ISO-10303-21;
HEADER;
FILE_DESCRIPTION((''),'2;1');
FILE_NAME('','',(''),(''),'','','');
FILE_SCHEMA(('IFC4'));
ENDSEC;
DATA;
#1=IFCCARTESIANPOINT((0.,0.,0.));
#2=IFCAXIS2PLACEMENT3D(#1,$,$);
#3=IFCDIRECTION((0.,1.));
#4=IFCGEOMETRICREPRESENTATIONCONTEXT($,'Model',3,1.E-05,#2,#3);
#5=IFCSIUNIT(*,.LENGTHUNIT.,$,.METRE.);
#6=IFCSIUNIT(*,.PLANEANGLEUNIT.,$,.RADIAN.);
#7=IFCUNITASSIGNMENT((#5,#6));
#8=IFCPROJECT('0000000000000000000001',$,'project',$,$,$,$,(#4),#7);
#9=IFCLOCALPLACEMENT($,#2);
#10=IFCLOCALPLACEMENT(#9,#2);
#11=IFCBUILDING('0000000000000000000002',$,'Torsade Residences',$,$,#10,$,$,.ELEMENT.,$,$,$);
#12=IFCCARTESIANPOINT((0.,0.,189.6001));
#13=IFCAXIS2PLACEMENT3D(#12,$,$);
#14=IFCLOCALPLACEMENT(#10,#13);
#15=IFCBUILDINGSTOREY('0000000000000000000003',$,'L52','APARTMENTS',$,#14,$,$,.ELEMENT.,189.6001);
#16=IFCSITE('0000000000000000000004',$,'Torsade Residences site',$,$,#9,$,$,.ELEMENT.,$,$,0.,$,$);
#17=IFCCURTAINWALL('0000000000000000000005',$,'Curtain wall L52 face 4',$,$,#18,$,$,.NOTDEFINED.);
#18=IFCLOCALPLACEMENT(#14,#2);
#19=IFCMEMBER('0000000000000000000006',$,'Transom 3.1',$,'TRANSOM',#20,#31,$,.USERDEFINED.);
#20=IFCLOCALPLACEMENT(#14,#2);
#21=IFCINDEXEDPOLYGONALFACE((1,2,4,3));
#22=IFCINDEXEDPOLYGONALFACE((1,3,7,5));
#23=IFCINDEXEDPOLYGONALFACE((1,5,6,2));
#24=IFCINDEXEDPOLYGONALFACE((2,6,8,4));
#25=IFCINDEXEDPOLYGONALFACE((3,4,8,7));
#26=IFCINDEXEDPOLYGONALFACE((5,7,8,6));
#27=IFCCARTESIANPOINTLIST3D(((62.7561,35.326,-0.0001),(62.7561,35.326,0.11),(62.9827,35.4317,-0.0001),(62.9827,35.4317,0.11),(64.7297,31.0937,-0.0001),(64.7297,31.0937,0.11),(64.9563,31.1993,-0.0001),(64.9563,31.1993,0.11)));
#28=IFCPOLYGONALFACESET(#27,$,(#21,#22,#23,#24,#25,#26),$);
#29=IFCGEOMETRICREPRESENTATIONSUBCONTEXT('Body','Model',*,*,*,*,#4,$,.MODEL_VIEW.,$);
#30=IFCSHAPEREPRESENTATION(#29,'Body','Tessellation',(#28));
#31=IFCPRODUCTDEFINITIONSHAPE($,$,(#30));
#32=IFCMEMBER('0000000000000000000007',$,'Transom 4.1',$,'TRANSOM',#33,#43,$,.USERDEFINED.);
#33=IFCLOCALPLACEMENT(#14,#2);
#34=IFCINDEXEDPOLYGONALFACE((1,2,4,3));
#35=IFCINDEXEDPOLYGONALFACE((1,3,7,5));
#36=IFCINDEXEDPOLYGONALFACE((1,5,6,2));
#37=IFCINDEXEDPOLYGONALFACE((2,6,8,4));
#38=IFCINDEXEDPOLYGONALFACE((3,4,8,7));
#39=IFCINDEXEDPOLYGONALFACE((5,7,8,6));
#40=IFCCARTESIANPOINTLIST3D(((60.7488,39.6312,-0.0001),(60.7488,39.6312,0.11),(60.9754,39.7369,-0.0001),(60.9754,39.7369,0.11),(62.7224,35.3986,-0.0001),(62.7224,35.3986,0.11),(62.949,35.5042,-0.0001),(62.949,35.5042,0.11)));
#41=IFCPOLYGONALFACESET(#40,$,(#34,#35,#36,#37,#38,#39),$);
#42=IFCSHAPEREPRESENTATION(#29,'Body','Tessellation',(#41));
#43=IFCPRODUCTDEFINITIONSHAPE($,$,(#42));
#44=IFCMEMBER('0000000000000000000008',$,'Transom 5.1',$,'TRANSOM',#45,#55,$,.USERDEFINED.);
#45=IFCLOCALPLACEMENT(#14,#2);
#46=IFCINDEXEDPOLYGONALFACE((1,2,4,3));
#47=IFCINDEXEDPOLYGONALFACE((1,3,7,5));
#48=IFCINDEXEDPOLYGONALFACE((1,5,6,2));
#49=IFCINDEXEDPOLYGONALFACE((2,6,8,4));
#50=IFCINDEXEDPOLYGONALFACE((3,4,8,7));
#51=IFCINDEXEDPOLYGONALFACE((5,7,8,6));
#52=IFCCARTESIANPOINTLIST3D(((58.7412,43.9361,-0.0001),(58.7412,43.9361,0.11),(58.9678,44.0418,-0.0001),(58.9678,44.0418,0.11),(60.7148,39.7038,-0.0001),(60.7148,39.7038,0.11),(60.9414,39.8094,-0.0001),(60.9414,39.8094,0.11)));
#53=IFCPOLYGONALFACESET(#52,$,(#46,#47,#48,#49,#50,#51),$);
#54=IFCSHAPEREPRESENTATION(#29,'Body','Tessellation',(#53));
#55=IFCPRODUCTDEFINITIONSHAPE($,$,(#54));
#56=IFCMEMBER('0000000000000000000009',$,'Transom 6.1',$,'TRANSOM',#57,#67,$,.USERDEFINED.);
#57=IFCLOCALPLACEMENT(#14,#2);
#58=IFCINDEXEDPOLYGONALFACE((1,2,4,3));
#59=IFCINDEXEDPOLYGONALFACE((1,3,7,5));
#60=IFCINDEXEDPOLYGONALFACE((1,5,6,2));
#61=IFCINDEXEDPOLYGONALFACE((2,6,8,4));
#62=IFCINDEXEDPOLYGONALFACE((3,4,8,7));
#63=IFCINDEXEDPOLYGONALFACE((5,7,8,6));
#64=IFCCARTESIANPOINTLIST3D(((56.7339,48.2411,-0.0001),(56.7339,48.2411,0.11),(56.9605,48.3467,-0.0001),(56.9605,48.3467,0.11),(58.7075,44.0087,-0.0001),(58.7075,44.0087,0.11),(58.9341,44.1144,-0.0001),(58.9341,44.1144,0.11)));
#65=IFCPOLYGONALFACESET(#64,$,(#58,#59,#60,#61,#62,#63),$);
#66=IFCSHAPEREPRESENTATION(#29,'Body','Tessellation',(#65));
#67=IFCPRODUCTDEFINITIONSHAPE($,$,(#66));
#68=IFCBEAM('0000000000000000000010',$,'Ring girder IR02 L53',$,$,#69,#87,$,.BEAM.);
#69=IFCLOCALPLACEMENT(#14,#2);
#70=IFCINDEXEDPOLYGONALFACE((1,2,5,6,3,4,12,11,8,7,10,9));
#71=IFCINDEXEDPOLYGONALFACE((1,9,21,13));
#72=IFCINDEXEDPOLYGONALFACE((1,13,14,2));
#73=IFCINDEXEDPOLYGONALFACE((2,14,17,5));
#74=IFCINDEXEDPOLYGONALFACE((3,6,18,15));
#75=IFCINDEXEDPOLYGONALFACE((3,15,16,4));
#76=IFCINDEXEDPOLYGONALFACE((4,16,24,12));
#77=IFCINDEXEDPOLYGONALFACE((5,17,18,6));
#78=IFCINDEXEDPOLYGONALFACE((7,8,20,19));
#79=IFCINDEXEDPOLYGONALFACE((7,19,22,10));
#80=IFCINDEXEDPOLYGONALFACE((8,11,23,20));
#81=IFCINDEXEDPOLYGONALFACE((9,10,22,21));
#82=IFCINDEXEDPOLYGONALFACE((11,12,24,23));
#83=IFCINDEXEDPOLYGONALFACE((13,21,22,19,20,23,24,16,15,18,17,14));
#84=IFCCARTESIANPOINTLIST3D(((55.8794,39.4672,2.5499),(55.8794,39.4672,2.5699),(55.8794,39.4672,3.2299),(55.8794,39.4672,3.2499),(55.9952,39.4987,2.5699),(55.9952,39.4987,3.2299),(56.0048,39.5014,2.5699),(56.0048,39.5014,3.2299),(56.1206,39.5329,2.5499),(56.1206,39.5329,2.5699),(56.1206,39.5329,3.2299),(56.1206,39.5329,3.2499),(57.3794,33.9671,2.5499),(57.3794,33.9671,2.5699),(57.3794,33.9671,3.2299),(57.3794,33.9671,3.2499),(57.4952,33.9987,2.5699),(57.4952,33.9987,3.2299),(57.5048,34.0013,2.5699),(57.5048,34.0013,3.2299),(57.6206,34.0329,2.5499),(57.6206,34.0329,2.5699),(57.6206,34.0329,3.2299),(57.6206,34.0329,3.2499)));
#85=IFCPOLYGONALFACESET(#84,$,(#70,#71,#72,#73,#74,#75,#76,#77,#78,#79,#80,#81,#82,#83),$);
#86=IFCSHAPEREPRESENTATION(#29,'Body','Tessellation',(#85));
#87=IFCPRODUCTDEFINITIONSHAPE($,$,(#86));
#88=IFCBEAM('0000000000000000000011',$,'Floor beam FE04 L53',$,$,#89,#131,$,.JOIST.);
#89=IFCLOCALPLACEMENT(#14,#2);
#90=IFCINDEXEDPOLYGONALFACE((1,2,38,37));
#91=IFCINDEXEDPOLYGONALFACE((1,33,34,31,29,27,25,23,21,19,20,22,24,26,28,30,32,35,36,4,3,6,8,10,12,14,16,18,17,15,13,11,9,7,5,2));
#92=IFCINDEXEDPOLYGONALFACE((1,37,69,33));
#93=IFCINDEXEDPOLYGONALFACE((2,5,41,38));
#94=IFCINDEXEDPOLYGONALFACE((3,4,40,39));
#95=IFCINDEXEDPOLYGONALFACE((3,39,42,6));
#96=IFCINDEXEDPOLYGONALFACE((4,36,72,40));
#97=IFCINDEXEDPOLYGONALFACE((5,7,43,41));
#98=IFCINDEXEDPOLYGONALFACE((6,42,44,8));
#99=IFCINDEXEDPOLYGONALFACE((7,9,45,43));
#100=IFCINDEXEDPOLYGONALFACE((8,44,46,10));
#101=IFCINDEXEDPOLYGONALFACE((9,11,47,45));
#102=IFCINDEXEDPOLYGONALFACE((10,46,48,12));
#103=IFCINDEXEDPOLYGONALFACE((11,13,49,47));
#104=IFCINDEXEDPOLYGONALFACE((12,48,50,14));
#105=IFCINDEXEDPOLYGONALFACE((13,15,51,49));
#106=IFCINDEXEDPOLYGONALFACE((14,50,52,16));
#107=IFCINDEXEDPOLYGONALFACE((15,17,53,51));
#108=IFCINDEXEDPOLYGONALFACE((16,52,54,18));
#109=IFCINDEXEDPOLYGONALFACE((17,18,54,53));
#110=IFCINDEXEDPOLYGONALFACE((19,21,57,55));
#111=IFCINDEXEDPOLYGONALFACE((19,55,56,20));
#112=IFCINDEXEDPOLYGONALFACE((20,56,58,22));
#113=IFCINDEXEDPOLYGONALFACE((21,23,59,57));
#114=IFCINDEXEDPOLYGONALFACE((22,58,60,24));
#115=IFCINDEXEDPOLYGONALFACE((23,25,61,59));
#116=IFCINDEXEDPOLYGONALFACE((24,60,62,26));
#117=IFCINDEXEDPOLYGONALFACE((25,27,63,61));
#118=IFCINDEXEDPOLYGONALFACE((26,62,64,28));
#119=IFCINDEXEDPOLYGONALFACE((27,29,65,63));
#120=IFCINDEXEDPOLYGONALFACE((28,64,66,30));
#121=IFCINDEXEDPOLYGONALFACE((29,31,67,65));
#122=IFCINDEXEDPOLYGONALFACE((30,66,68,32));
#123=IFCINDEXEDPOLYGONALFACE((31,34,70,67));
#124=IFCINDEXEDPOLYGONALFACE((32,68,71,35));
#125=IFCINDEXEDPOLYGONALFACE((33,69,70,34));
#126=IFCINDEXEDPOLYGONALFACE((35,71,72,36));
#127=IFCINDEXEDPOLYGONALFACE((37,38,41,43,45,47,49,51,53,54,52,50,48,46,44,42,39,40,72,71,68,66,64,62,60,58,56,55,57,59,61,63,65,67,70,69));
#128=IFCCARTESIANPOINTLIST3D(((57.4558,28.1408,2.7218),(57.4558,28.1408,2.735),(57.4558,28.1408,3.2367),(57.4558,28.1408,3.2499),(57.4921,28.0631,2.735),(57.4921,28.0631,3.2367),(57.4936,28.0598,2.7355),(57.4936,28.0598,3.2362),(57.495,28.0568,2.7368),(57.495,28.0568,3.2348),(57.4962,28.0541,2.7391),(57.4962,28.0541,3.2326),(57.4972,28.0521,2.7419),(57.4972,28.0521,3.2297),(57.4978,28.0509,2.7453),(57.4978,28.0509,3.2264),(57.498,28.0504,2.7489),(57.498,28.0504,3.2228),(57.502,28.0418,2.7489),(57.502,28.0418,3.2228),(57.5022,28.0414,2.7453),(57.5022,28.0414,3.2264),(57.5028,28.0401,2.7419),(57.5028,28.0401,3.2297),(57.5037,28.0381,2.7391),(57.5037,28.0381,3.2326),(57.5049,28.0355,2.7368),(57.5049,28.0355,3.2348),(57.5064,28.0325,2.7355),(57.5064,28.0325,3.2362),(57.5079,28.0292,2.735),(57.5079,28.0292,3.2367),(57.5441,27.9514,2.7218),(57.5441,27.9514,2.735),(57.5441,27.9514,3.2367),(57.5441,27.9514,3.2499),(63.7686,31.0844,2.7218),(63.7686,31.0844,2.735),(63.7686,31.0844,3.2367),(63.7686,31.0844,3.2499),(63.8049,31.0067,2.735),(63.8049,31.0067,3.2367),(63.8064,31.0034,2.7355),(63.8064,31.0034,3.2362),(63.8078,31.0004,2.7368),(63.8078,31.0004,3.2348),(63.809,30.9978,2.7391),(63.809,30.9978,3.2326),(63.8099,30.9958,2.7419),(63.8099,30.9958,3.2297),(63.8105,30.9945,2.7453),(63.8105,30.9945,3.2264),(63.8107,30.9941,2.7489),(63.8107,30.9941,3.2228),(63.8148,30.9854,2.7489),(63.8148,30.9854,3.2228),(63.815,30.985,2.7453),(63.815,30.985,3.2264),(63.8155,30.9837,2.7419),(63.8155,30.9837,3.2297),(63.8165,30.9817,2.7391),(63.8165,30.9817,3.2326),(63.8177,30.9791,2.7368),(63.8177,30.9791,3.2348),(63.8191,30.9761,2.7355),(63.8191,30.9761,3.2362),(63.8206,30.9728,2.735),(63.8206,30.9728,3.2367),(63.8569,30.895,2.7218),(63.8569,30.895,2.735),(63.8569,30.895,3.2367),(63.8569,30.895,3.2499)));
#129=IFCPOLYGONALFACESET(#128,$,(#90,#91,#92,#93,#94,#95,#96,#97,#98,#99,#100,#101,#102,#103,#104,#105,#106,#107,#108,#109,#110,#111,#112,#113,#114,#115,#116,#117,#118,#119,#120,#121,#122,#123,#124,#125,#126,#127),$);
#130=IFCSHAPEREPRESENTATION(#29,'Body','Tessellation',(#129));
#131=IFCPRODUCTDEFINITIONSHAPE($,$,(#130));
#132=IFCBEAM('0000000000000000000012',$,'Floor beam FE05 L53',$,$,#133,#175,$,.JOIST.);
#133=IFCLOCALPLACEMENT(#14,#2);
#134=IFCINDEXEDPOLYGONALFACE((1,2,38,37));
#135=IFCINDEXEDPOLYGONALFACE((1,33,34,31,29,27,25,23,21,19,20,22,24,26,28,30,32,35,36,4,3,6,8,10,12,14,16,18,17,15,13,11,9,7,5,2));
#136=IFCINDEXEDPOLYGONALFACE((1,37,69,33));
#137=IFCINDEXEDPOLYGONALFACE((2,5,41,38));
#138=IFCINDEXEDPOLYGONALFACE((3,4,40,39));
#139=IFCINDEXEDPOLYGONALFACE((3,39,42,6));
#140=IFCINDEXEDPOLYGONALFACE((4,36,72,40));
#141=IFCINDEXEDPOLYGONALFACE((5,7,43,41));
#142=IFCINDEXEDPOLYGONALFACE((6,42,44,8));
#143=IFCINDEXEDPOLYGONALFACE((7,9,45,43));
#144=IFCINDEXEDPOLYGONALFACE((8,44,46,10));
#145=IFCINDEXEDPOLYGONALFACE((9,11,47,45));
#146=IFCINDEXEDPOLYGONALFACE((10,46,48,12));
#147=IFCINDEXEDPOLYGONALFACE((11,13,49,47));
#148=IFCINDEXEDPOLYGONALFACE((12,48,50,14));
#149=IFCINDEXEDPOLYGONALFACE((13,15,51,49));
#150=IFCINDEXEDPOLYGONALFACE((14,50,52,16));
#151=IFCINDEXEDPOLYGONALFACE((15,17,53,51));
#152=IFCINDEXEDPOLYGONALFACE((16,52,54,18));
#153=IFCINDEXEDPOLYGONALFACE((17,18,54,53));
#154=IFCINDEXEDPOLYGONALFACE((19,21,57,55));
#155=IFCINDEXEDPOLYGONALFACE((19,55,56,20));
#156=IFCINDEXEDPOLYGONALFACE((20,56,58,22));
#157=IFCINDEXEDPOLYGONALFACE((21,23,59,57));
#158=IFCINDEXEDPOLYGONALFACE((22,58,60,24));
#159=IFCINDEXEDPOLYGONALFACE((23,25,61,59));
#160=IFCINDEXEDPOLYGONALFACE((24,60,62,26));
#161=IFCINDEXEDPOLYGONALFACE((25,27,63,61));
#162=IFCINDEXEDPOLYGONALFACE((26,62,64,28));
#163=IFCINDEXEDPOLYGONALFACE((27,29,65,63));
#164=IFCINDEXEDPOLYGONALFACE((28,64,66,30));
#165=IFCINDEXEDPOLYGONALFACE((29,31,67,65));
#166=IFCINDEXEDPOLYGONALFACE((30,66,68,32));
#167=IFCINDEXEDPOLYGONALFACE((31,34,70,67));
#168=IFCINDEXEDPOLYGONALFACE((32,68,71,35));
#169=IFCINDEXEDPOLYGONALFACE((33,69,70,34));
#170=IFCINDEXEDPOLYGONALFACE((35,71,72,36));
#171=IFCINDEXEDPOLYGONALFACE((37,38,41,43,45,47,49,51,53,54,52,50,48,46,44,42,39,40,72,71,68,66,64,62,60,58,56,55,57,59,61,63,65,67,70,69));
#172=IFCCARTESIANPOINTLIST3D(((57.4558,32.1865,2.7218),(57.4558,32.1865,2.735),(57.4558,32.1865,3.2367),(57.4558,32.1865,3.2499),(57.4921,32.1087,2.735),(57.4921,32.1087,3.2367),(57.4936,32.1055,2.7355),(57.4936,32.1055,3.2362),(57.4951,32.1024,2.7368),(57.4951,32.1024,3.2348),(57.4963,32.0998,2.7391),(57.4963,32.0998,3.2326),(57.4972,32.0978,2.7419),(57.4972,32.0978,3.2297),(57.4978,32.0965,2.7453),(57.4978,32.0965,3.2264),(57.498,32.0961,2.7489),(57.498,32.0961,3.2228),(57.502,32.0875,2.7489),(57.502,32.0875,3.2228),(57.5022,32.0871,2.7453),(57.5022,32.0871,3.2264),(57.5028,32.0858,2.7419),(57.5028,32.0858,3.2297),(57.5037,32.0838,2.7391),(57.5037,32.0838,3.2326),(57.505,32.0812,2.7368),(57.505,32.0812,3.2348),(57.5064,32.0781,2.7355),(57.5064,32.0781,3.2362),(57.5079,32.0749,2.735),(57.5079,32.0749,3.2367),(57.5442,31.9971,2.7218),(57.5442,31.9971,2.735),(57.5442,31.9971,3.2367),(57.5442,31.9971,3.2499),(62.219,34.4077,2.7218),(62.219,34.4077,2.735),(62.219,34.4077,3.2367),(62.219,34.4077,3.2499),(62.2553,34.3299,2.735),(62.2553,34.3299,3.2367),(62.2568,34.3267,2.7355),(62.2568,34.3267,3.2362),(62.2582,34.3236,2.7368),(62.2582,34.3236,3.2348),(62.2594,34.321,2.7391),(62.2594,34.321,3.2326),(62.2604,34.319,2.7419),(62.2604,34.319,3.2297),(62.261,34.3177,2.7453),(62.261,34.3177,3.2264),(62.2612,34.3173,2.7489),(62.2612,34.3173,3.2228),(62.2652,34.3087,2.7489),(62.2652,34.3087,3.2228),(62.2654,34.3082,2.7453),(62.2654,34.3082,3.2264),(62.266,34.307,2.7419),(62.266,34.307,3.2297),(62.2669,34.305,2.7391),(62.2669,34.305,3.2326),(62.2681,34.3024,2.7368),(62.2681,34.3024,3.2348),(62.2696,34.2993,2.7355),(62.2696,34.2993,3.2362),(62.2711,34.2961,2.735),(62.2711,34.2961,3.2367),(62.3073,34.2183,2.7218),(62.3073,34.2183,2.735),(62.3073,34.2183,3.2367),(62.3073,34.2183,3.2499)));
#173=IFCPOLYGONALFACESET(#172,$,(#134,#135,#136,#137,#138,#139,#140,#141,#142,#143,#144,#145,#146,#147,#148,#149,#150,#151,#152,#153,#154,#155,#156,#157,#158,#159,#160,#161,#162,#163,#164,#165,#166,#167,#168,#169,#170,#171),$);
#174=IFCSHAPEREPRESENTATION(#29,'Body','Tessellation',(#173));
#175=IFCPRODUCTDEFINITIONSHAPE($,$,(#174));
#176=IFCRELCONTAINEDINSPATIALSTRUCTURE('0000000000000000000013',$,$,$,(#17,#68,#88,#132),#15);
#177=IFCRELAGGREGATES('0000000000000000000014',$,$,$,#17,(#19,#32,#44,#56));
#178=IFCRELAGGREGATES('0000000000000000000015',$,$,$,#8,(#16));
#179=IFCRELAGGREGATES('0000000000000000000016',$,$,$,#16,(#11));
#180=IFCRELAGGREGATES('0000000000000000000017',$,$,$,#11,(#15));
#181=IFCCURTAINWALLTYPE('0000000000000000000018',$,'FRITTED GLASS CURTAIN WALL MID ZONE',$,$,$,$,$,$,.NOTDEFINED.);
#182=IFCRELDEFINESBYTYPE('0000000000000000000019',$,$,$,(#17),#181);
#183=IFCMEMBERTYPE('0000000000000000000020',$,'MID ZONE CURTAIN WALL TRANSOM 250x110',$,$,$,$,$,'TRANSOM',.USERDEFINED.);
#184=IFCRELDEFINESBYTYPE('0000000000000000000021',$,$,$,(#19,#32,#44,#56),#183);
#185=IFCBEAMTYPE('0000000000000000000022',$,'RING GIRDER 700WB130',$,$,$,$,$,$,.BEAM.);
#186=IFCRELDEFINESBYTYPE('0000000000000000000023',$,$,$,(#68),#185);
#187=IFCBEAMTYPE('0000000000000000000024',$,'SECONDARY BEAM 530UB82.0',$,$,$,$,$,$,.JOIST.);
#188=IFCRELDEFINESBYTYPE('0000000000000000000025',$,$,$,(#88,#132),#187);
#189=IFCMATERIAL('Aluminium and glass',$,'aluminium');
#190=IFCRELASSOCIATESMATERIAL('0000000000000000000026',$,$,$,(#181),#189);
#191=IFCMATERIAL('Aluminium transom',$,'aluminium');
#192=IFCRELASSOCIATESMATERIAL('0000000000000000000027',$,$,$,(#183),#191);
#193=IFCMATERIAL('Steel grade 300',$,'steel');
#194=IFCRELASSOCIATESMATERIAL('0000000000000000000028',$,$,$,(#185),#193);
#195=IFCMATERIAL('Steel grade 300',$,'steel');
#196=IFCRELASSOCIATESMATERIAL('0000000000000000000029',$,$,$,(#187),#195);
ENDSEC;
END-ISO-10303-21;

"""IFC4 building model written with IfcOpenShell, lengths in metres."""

from ifc_helpers import new_model, si_unit, direction, frame, origin, origin_2d, place, context, subcontext, project, spatial, rectangle, i_section, extrude, material, material_profile, profile_set, type_object, element, aggregate, save


model = new_model("IFC4")

# Units and contexts
model_context = context("Model", 3, precision=1e-05, world=origin(), true_north=direction((0.0, 1.0)))
body_context = subcontext(model_context, "Body", "Model", "MODEL_VIEW")
ifc_project = project(units=[si_unit("LENGTHUNIT", "METRE"), si_unit("PLANEANGLEUNIT", "RADIAN")], contexts=[model_context])

# Site, building, storey
site_placement = place(None, origin())
site = spatial("IfcSite", under=ifc_project, at=site_placement, Name="Torsade Residences site", CompositionType="ELEMENT", RefElevation=0.0)
building_placement = place(site_placement, origin())
building = spatial("IfcBuilding", under=site, at=building_placement, Name="Torsade Residences", CompositionType="ELEMENT")
storey_placement = place(building_placement, frame((0.0, 0.0, 189.6001)))
storey = spatial("IfcBuildingStorey", under=building, at=storey_placement, Name="L52", Description="APARTMENTS", CompositionType="ELEMENT", Elevation=189.6001)

# Curtain wall, members
ifc_material_1 = material(Name="Aluminium and glass", Category="aluminium")
curtain_wall_type = type_object("IfcCurtainWallType", Name="FRITTED GLASS CURTAIN WALL MID ZONE", PredefinedType="NOTDEFINED", material=ifc_material_1)
curtain_wall_placement = place(storey_placement, origin())
curtain_wall = element("IfcCurtainWall", 1, at=curtain_wall_placement, inside=storey, type_object=curtain_wall_type, Name="Curtain wall L52 face 4", PredefinedType="NOTDEFINED")
ifc_material_2 = material(Name="Aluminium transom", Category="aluminium")
ifc_material_profile_1 = material_profile(ifc_material_2, rectangle(XDim=0.25, YDim=0.1101, at=origin_2d()), Name="MID ZONE CURTAIN WALL TRANSOM 250x110")
ifc_profile_set_1 = profile_set([ifc_material_profile_1], Name="Aluminium transom")
member_type_1 = type_object("IfcMemberType", Name="MID ZONE CURTAIN WALL TRANSOM 250x110", ElementType="TRANSOM", PredefinedType="USERDEFINED", material=ifc_profile_set_1)
member_1_placement = place(storey_placement, frame((64.843, 31.1465, 0.0549), z_axis=(-0.422622, 0.906306, 0.0), x_axis=(-0.906306, -0.422622, 0.0)))
member_1 = element("IfcMember", 2, at=member_1_placement, type_object=member_type_1, Name="Transom 3.1", ObjectType="TRANSOM", PredefinedType="USERDEFINED", context=body_context, shape_type="SweptSolid", body=[
    extrude(rectangle(XDim=0.25, YDim=0.1101, at=origin_2d()), origin(), (0.0, 0.0, 1.0), 4.6699),
])
member_2_placement = place(storey_placement, frame((62.8357, 35.4514, 0.0549), z_axis=(-0.422602, 0.906315, 0.0), x_axis=(-0.906315, -0.422602, 0.0)))
member_2 = element("IfcMember", 3, at=member_2_placement, type_object=member_type_1, Name="Transom 4.1", ObjectType="TRANSOM", PredefinedType="USERDEFINED", context=body_context, shape_type="SweptSolid", body=[
    extrude(rectangle(XDim=0.25, YDim=0.1101, at=origin_2d()), origin(), (0.0, 0.0, 1.0), 4.6702),
])
member_3_placement = place(storey_placement, frame((60.8281, 39.7566, 0.0549), z_axis=(-0.422622, 0.906306, 0.0), x_axis=(-0.906306, -0.422622, 0.0)))
member_3 = element("IfcMember", 4, at=member_3_placement, type_object=member_type_1, Name="Transom 5.1", ObjectType="TRANSOM", PredefinedType="USERDEFINED", context=body_context, shape_type="SweptSolid", body=[
    extrude(rectangle(XDim=0.25, YDim=0.1101, at=origin_2d()), origin(), (0.0, 0.0, 1.0), 4.6699),
])
member_4_placement = place(storey_placement, frame((58.8208, 44.0615, 0.0549), z_axis=(-0.422622, 0.906306, 0.0), x_axis=(-0.906306, -0.422622, 0.0)))
member_4 = element("IfcMember", 5, at=member_4_placement, type_object=member_type_1, Name="Transom 6.1", ObjectType="TRANSOM", PredefinedType="USERDEFINED", context=body_context, shape_type="SweptSolid", body=[
    extrude(rectangle(XDim=0.25, YDim=0.1101, at=origin_2d()), origin(), (0.0, 0.0, 1.0), 4.6699),
])

# Beams
ifc_material_3 = material(Name="Steel grade 300", Category="steel")
ifc_material_profile_2 = material_profile(ifc_material_3, i_section(OverallWidth=0.25, OverallDepth=0.7, WebThickness=0.01, FlangeThickness=0.02, at=origin_2d()), Name="700WB130")
ifc_profile_set_2 = profile_set([ifc_material_profile_2], Name="Steel grade 300")
beam_type_1 = type_object("IfcBeamType", Name="RING GIRDER 700WB130", PredefinedType="BEAM", material=ifc_profile_set_2)
beam_1_placement = place(storey_placement, frame((57.5, 34.0, 2.8999), z_axis=(-0.263117, 0.964764, 0.0), x_axis=(-0.964764, -0.263117, 0.0)))
element("IfcBeam", 6, at=beam_1_placement, inside=storey, type_object=beam_type_1, Name="Ring girder IR02 L53", PredefinedType="BEAM", context=body_context, shape_type="SweptSolid", body=[
    extrude(i_section(OverallWidth=0.25, OverallDepth=0.7, WebThickness=0.01, FlangeThickness=0.02, at=origin_2d()), origin(), (0.0, 0.0, 1.0), 5.7009),
])
ifc_material_4 = material(Name="Steel grade 300", Category="steel")
ifc_material_profile_3 = material_profile(ifc_material_4, i_section(OverallWidth=0.209, OverallDepth=0.5281, WebThickness=0.0095, FlangeThickness=0.0132, FilletRadius=0.0139, at=origin_2d()), Name="530UB82.0")
ifc_profile_set_3 = profile_set([ifc_material_profile_3], Name="Steel grade 300")
beam_type_2 = type_object("IfcBeamType", Name="SECONDARY BEAM 530UB82.0", PredefinedType="JOIST", material=ifc_profile_set_3)
beam_2_placement = place(storey_placement, frame((63.8127, 30.9897, 2.9858), z_axis=(-0.906312, -0.422609, 0.0), x_axis=(0.422609, -0.906312, 0.0)))
element("IfcBeam", 7, at=beam_2_placement, inside=storey, type_object=beam_type_2, Name="Floor beam FE04 L53", PredefinedType="JOIST", context=body_context, shape_type="SweptSolid", body=[
    extrude(i_section(OverallWidth=0.209, OverallDepth=0.5281, WebThickness=0.0095, FlangeThickness=0.0132, FilletRadius=0.0139, at=origin_2d()), origin(), (0.0, 0.0, 1.0), 6.9653),
])
beam_3_placement = place(storey_placement, frame((62.2632, 34.313, 2.9858), z_axis=(-0.906302, -0.422631, 0.0), x_axis=(0.422631, -0.906302, 0.0)))
element("IfcBeam", 8, at=beam_3_placement, inside=storey, type_object=beam_type_2, Name="Floor beam FE05 L53", PredefinedType="JOIST", context=body_context, shape_type="SweptSolid", body=[
    extrude(i_section(OverallWidth=0.209, OverallDepth=0.5281, WebThickness=0.0095, FlangeThickness=0.0132, FilletRadius=0.0139, at=origin_2d()), origin(), (0.0, 0.0, 1.0), 5.2556),
])

aggregate(curtain_wall, [member_1, member_2, member_3, member_4])

save(model, "model.ifc")
